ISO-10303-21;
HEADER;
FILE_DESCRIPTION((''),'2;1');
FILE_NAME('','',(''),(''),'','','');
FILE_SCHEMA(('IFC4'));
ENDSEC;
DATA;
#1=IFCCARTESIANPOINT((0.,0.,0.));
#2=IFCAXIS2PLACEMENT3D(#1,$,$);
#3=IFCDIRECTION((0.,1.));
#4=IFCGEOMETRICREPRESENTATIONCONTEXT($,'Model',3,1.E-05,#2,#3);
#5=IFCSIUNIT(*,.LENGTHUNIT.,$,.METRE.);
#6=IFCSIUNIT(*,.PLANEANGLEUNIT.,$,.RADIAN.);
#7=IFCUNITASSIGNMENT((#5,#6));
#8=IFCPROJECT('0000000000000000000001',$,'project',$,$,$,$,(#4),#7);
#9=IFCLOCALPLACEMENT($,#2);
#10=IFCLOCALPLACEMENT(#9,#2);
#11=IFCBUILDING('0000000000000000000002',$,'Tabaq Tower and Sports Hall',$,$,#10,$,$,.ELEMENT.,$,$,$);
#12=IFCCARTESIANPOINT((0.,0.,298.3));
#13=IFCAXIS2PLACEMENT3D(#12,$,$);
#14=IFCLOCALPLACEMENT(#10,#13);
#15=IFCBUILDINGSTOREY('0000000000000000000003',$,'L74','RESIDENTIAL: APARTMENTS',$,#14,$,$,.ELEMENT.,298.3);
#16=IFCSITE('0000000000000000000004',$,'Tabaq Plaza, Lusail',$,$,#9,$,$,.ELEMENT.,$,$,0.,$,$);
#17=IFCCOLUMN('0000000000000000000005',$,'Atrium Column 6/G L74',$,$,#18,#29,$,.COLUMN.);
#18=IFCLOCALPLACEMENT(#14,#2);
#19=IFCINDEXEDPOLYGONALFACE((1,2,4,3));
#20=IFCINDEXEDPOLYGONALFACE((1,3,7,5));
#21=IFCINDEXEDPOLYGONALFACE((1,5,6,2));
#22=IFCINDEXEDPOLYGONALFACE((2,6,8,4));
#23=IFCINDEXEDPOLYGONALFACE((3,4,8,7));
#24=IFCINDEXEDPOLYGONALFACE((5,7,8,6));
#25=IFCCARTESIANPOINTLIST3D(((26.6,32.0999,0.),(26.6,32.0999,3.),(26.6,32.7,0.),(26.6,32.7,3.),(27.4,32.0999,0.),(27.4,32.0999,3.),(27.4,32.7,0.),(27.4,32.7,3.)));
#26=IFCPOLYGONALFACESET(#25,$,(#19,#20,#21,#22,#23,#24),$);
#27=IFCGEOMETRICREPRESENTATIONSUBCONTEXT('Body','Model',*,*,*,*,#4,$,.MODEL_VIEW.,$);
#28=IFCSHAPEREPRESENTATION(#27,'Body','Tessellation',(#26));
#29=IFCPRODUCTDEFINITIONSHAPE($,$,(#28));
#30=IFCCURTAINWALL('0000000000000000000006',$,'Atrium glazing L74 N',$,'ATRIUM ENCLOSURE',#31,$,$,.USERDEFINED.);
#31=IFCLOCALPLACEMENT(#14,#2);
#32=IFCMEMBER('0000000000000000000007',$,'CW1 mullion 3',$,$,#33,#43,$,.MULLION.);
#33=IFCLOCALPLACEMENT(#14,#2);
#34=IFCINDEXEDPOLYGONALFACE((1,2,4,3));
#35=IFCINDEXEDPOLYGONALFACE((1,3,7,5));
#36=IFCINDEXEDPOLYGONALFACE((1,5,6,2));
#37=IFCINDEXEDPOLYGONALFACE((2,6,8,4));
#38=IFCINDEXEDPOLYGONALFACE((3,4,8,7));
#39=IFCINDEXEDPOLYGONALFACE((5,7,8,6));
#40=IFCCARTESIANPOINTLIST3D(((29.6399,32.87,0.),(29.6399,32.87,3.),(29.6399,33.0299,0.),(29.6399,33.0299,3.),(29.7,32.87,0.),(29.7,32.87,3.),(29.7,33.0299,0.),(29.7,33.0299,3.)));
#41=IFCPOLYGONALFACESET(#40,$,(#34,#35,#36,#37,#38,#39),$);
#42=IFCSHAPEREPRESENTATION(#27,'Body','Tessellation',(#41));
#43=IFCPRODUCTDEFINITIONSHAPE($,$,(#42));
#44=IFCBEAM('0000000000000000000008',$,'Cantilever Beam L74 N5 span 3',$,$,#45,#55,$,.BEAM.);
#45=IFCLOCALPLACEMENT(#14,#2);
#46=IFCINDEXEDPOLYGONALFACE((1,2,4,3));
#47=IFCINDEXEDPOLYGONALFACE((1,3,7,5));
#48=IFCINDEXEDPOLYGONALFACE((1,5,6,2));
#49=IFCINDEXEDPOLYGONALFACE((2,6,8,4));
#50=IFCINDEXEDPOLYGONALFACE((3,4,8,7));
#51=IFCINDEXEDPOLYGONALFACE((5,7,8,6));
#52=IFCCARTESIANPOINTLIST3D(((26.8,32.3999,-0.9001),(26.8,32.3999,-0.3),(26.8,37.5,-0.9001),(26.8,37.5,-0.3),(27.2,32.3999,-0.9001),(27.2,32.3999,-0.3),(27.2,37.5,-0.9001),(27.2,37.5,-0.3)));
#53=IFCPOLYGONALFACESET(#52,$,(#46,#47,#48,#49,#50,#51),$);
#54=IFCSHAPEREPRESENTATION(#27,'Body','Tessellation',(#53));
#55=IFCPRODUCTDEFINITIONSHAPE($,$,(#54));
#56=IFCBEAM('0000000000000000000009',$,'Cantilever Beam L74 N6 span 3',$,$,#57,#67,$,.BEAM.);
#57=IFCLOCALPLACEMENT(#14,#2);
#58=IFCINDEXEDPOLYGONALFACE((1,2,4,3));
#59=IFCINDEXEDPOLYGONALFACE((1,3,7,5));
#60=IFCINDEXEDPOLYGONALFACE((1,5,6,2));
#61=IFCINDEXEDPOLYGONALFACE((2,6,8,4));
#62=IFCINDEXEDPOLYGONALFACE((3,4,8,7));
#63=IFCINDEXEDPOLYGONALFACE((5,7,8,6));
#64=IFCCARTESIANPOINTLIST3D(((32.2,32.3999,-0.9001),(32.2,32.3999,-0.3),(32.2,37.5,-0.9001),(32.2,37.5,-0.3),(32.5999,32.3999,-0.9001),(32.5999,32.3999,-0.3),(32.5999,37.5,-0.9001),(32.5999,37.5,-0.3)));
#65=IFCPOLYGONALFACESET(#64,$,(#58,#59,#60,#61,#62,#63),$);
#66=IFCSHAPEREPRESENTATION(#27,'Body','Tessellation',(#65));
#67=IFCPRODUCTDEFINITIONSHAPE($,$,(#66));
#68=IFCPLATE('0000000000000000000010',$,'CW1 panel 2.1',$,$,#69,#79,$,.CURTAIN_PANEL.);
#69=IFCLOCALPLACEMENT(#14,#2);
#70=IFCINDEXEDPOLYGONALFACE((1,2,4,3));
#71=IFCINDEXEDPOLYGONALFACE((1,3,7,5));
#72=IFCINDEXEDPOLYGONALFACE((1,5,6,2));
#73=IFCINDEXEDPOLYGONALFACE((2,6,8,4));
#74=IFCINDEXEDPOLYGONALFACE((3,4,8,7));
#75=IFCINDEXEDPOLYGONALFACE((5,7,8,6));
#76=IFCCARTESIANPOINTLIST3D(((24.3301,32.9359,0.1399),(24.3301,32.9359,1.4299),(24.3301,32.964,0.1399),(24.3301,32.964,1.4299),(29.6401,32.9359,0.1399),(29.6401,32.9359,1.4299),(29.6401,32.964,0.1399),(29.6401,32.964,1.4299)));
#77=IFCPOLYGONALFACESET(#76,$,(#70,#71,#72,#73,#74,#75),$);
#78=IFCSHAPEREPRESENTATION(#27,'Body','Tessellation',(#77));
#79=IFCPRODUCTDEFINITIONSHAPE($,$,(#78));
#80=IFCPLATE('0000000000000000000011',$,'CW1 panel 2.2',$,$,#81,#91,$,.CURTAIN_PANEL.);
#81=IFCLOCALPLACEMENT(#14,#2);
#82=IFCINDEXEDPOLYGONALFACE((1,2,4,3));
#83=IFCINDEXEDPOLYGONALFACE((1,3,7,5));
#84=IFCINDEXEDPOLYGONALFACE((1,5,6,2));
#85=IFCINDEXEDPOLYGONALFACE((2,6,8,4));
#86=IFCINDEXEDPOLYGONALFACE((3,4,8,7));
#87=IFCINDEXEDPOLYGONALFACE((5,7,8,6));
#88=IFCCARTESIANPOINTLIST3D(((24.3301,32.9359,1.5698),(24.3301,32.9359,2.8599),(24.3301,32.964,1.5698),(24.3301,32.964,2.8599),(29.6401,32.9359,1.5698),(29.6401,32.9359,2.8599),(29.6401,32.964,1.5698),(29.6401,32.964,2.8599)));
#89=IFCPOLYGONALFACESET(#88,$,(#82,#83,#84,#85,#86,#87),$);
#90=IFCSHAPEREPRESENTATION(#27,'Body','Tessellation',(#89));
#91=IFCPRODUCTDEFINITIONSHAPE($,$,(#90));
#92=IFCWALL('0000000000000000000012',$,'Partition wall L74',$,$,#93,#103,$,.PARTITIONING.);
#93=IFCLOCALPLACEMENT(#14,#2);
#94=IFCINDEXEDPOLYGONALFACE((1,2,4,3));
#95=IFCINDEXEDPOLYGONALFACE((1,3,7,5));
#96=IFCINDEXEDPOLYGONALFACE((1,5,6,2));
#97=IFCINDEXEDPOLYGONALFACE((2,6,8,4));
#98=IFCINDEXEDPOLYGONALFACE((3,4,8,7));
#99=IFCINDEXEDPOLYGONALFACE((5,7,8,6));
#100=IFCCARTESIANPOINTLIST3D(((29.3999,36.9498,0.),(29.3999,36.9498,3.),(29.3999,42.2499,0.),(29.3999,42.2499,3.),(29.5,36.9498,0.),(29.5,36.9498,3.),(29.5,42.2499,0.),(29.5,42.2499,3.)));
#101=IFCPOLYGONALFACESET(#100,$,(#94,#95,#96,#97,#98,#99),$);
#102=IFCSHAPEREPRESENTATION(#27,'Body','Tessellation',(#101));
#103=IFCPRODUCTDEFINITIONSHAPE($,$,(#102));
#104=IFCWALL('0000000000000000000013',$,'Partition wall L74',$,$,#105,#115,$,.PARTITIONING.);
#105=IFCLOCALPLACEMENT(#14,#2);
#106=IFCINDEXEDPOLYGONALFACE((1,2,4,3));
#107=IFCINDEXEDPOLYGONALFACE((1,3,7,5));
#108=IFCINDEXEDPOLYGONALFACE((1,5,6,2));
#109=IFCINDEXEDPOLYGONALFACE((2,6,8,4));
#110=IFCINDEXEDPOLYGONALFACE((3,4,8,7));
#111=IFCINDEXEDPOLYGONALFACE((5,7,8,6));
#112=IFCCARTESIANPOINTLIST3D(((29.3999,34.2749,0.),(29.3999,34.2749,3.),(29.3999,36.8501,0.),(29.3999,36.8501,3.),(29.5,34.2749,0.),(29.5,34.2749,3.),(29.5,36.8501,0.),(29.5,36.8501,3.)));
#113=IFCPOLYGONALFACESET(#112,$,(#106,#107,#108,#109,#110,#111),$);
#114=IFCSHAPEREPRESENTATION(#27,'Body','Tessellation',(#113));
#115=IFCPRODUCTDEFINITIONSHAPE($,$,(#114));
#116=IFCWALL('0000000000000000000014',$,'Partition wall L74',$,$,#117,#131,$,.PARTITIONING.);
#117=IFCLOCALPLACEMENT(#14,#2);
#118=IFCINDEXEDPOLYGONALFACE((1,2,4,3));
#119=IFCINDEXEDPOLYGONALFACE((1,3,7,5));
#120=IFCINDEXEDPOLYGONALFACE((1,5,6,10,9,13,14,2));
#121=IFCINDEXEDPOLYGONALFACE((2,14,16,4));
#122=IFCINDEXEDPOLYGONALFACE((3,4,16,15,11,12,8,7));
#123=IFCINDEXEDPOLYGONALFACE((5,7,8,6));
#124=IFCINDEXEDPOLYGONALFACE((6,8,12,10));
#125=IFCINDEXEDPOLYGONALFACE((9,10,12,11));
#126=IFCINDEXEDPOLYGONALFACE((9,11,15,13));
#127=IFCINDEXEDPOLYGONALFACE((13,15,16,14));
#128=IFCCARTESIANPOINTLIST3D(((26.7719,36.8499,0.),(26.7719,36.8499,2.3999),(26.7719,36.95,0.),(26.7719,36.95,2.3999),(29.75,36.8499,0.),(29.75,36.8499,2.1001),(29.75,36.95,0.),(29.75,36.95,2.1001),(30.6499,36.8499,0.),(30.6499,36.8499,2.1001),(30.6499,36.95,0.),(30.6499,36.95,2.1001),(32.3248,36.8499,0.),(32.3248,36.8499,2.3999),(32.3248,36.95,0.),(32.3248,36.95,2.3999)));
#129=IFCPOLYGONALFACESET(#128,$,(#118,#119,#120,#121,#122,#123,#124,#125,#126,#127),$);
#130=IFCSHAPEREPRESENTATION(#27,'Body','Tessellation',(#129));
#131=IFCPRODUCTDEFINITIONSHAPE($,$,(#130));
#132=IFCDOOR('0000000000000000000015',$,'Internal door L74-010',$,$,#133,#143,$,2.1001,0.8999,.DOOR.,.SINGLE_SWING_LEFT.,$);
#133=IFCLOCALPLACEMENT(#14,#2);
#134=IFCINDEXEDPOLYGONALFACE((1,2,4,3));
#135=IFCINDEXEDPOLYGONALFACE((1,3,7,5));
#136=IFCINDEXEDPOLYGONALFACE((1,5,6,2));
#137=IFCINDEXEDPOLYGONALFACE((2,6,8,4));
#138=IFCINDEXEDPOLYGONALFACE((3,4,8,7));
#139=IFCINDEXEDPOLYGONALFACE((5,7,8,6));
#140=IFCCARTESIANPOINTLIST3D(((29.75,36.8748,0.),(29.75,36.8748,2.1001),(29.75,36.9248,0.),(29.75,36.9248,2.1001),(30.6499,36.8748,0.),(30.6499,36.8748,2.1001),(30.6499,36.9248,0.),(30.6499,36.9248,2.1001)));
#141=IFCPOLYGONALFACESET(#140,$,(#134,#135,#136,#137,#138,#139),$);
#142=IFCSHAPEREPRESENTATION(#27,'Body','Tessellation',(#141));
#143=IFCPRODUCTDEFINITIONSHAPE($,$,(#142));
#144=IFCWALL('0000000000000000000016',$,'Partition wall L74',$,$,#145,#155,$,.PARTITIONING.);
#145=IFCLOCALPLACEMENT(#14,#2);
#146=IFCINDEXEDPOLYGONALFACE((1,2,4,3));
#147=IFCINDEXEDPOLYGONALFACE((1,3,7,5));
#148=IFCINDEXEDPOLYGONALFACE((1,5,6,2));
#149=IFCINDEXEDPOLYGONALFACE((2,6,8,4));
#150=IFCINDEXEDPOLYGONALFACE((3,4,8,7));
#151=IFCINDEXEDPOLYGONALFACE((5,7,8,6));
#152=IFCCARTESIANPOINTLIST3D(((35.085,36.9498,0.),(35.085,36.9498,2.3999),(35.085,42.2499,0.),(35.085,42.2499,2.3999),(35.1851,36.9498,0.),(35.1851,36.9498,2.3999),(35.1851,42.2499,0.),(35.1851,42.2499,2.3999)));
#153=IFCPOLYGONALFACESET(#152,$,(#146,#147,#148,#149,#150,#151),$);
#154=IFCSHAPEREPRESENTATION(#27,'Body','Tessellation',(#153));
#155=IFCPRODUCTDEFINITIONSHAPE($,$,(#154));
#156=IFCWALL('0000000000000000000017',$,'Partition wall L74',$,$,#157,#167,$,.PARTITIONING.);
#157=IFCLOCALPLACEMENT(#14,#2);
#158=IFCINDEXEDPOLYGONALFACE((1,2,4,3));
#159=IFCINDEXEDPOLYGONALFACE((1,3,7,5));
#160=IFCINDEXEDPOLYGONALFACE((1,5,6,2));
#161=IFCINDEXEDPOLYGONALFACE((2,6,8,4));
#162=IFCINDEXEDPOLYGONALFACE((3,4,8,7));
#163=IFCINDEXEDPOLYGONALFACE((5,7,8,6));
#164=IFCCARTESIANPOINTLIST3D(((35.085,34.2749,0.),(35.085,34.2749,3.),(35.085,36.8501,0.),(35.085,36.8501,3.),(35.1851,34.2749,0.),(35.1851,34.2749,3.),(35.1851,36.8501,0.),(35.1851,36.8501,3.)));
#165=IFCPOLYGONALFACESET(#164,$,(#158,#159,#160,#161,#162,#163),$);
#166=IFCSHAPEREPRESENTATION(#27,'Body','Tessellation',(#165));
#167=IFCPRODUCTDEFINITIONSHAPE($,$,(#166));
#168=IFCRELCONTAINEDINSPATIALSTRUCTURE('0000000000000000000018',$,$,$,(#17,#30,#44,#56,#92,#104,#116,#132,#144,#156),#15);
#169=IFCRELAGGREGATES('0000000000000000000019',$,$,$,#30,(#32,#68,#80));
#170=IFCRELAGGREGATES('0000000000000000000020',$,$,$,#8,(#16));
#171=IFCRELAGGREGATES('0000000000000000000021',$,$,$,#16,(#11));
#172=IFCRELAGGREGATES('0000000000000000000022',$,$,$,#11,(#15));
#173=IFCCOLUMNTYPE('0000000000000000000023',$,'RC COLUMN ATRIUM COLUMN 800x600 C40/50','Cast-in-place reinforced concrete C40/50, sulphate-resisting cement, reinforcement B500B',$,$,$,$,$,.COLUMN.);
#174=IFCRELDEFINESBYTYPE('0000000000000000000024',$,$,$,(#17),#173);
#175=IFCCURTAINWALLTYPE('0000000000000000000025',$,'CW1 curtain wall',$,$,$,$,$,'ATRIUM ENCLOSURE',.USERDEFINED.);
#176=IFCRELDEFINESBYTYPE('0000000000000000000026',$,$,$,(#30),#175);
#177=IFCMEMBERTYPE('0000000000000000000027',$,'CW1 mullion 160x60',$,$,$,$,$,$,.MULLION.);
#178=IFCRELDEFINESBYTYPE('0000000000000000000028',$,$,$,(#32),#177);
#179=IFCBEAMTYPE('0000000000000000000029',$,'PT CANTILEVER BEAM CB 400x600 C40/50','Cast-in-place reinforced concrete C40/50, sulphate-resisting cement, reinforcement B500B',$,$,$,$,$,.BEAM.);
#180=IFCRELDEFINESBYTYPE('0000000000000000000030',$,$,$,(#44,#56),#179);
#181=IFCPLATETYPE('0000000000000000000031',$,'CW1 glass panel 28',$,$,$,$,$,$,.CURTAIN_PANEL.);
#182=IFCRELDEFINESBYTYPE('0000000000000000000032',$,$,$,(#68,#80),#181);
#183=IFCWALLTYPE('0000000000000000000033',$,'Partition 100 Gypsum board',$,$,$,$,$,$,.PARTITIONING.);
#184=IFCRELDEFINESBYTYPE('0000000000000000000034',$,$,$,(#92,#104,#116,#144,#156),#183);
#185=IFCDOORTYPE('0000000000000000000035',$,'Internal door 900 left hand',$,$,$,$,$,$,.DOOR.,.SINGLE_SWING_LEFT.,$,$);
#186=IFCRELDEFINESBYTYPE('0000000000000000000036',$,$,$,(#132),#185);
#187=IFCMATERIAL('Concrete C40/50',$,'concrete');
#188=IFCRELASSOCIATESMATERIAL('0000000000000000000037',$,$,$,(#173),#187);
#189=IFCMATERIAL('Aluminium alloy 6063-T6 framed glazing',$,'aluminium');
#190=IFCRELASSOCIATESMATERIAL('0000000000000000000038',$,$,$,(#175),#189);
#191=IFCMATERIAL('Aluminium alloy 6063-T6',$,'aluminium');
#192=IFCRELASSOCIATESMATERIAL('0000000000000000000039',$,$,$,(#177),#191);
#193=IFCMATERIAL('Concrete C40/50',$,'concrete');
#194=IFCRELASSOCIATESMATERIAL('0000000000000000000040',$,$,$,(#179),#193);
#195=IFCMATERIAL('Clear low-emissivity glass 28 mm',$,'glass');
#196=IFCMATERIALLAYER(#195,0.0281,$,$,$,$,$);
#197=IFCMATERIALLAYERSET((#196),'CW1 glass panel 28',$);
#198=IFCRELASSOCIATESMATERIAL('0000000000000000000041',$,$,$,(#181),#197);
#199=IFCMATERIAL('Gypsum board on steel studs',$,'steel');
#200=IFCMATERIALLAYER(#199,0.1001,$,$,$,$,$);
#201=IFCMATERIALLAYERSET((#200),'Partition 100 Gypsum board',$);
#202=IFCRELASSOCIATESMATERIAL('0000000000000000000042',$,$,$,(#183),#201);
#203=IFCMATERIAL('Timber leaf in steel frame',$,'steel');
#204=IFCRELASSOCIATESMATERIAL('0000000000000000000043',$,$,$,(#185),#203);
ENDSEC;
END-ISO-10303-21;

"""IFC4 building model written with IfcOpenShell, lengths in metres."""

from ifc_helpers import new_model, si_unit, direction, frame, frame_2d, origin, origin_2d, place, context, subcontext, project, spatial, rectangle, extrude, material, layer, layer_set, material_profile, profile_set, type_object, element, fill, aggregate, save


model = new_model("IFC4")

# Units and contexts
model_context = context("Model", 3, precision=1e-05, world=origin(), true_north=direction((0.0, 1.0)))
body_context = subcontext(model_context, "Body", "Model", "MODEL_VIEW")
ifc_project = project(units=[si_unit("LENGTHUNIT", "METRE"), si_unit("PLANEANGLEUNIT", "RADIAN")], contexts=[model_context])

# Site, building, storey
site_placement = place(None, origin())
site = spatial("IfcSite", under=ifc_project, at=site_placement, Name="Tabaq Plaza, Lusail", CompositionType="ELEMENT", RefElevation=0.0)
building_placement = place(site_placement, origin())
building = spatial("IfcBuilding", under=site, at=building_placement, Name="Tabaq Tower and Sports Hall", CompositionType="ELEMENT")
storey_placement = place(building_placement, frame((0.0, 0.0, 298.3)))
storey = spatial("IfcBuildingStorey", under=building, at=storey_placement, Name="L74", Description="RESIDENTIAL: APARTMENTS", CompositionType="ELEMENT", Elevation=298.3)

# Column
ifc_material_1 = material(Name="Concrete C40/50", Category="concrete")
ifc_material_profile_1 = material_profile(ifc_material_1, rectangle(XDim=0.8, YDim=0.6001, at=origin_2d()), Name="ATRIUM COLUMN 800x600")
ifc_profile_set_1 = profile_set([ifc_material_profile_1], Name="Concrete C40/50")
column_type = type_object("IfcColumnType", Name="RC COLUMN ATRIUM COLUMN 800x600 C40/50", Description="Cast-in-place reinforced concrete C40/50, sulphate-resisting cement, reinforcement B500B", PredefinedType="COLUMN", material=ifc_profile_set_1)
column_placement = place(storey_placement, frame((27.0, 32.3999, 0.0), z_axis=(0.0, 0.0, 1.0), x_axis=(1.0, 0.0, 0.0)))
element("IfcColumn", 1, at=column_placement, inside=storey, type_object=column_type, Name="Atrium Column 6/G L74", PredefinedType="COLUMN", context=body_context, shape_type="SweptSolid", body=[
    extrude(rectangle(XDim=0.8, YDim=0.6001, at=origin_2d()), origin(), (0.0, 0.0, 1.0), 3.0),
])

# Curtain wall, member
ifc_material_2 = material(Name="Aluminium alloy 6063-T6 framed glazing", Category="aluminium")
curtain_wall_type = type_object("IfcCurtainWallType", Name="CW1 curtain wall", ElementType="ATRIUM ENCLOSURE", PredefinedType="USERDEFINED", material=ifc_material_2)
curtain_wall_placement = place(storey_placement, origin())
curtain_wall = element("IfcCurtainWall", 2, at=curtain_wall_placement, inside=storey, type_object=curtain_wall_type, Name="Atrium glazing L74 N", ObjectType="ATRIUM ENCLOSURE", PredefinedType="USERDEFINED")
ifc_material_3 = material(Name="Aluminium alloy 6063-T6", Category="aluminium")
ifc_material_profile_2 = material_profile(ifc_material_3, rectangle(XDim=0.1599, YDim=0.0601, at=origin_2d()), Name="MULLION 160x60")
ifc_profile_set_2 = profile_set([ifc_material_profile_2], Name="Aluminium alloy 6063-T6")
member_type = type_object("IfcMemberType", Name="CW1 mullion 160x60", PredefinedType="MULLION", material=ifc_profile_set_2)
member_placement = place(storey_placement, frame((29.6699, 32.95, 0.0), z_axis=(0.0, 0.0, 1.0), x_axis=(0.0, 1.0, 0.0)))
member = element("IfcMember", 3, at=member_placement, type_object=member_type, Name="CW1 mullion 3", PredefinedType="MULLION", context=body_context, shape_type="SweptSolid", body=[
    extrude(rectangle(XDim=0.1599, YDim=0.0601, at=origin_2d()), origin(), (0.0, 0.0, 1.0), 3.0),
])

# Beams
ifc_material_4 = material(Name="Concrete C40/50", Category="concrete")
ifc_material_profile_3 = material_profile(ifc_material_4, rectangle(XDim=0.3999, YDim=0.6001, at=origin_2d()), Name="CB 400x600")
ifc_profile_set_3 = profile_set([ifc_material_profile_3], Name="Concrete C40/50")
beam_type = type_object("IfcBeamType", Name="PT CANTILEVER BEAM CB 400x600 C40/50", Description="Cast-in-place reinforced concrete C40/50, sulphate-resisting cement, reinforcement B500B", PredefinedType="BEAM", material=ifc_profile_set_3)
for number, where, z_axis, x_axis, name in (
    (4, (27.0, 37.5, -0.6001), (0.0, -1.0, 0.0), (1.0, 0.0, 0.0), "Cantilever Beam L74 N5 span 3"),
    (5, (32.3999, 37.5, -0.6001), (0.0, -1.0, 0.0), (1.0, 0.0, 0.0), "Cantilever Beam L74 N6 span 3"),
):
    element("IfcBeam", number, at=place(storey_placement, frame(where, z_axis=z_axis, x_axis=x_axis)), inside=storey, type_object=beam_type, Name=name, PredefinedType="BEAM", context=body_context, shape_type="SweptSolid", body=[
        extrude(rectangle(XDim=0.3999, YDim=0.6001, at=origin_2d()), origin(), (0.0, 0.0, 1.0), 5.1001),
    ])

# Plates
ifc_material_5 = material(Name="Clear low-emissivity glass 28 mm", Category="glass")
ifc_layer_1 = layer(ifc_material_5, 0.0281)
ifc_layer_set_1 = layer_set([ifc_layer_1], Name="CW1 glass panel 28")
plate_type = type_object("IfcPlateType", Name="CW1 glass panel 28", PredefinedType="CURTAIN_PANEL", material=ifc_layer_set_1)
plate_1_placement = place(storey_placement, frame((26.9851, 32.95, 0.1399), z_axis=(0.0, 0.0, 1.0), x_axis=(1.0, 0.0, 0.0)))
plate_1 = element("IfcPlate", 6, at=plate_1_placement, type_object=plate_type, Name="CW1 panel 2.1", PredefinedType="CURTAIN_PANEL", context=body_context, shape_type="SweptSolid", body=[
    extrude(rectangle(XDim=5.3101, YDim=0.0281, at=origin_2d()), origin(), (0.0, 0.0, 1.0), 1.29),
])
plate_2_placement = place(storey_placement, frame((26.9851, 32.95, 1.5698), z_axis=(0.0, 0.0, 1.0), x_axis=(1.0, 0.0, 0.0)))
plate_2 = element("IfcPlate", 7, at=plate_2_placement, type_object=plate_type, Name="CW1 panel 2.2", PredefinedType="CURTAIN_PANEL", context=body_context, shape_type="SweptSolid", body=[
    extrude(rectangle(XDim=5.3101, YDim=0.0281, at=origin_2d()), origin(), (0.0, 0.0, 1.0), 1.29),
])
aggregate(curtain_wall, [member, plate_1, plate_2])

# Walls
ifc_material_6 = material(Name="Gypsum board on steel studs", Category="steel")
ifc_layer_2 = layer(ifc_material_6, 0.1001)
ifc_layer_set_2 = layer_set([ifc_layer_2], Name="Partition 100 Gypsum board")
wall_type_1 = type_object("IfcWallType", Name="Partition 100 Gypsum board", PredefinedType="PARTITIONING", material=ifc_layer_set_2)
wall_1_placement = place(storey_placement, frame((29.45, 36.95, 0.0), z_axis=(0.0, 0.0, 1.0), x_axis=(0.0, 1.0, 0.0)))
element("IfcWall", 8, at=wall_1_placement, inside=storey, type_object=wall_type_1, Name="Partition wall L74", PredefinedType="PARTITIONING", context=body_context, shape_type="SweptSolid", body=[
    extrude(rectangle(XDim=5.3, YDim=0.1001, at=frame_2d((2.6499, 0.0))), origin(), (0.0, 0.0, 1.0), 3.0),
])
wall_2_placement = place(storey_placement, frame((29.45, 34.2749, 0.0), z_axis=(0.0, 0.0, 1.0), x_axis=(0.0, 1.0, 0.0)))
element("IfcWall", 9, at=wall_2_placement, inside=storey, type_object=wall_type_1, Name="Partition wall L74", PredefinedType="PARTITIONING", context=body_context, shape_type="SweptSolid", body=[
    extrude(rectangle(XDim=2.5752, YDim=0.1001, at=frame_2d((1.2876, 0.0))), origin(), (0.0, 0.0, 1.0), 3.0),
])

# Wall, opening, door
wall_3_placement = place(storey_placement, frame((26.772, 36.8999, 0.0), z_axis=(0.0, 0.0, 1.0), x_axis=(1.0, 0.0, 0.0)))
wall_3 = element("IfcWall", 10, at=wall_3_placement, inside=storey, type_object=wall_type_1, Name="Partition wall L74", PredefinedType="PARTITIONING", context=body_context, shape_type="SweptSolid", body=[
    extrude(rectangle(XDim=5.553, YDim=0.1001, at=frame_2d((2.7764, 0.0))), origin(), (0.0, 0.0, 1.0), 2.3999),
])
opening_1_placement = place(wall_3_placement, frame((2.978, 0.0, 0.0)))
opening_1 = element("IfcOpeningElement", 11, at=opening_1_placement, cuts=wall_3, PredefinedType="OPENING", context=body_context, shape_type="SweptSolid", body=[
    extrude(rectangle(XDim=0.8999, YDim=2.1001, at=frame_2d((0.45, 1.05))), frame((0.0, 0.05, 0.0), z_axis=(0.0, -1.0, 0.0), x_axis=(1.0, 0.0, 0.0)), (0.0, 0.0, 1.0), 0.1001),
])
ifc_material_7 = material(Name="Timber leaf in steel frame", Category="steel")
door_type_1 = type_object("IfcDoorType", Name="Internal door 900 left hand", OperationType="SINGLE_SWING_LEFT", PredefinedType="DOOR", material=ifc_material_7)
door_1_placement = place(opening_1_placement, origin())
door_1 = element("IfcDoor", 12, at=door_1_placement, inside=storey, type_object=door_type_1, Name="Internal door L74-010", OperationType="SINGLE_SWING_LEFT", OverallHeight=2.1001, OverallWidth=0.8999, PredefinedType="DOOR", context=body_context, shape_type="SweptSolid", body=[
    extrude(rectangle(XDim=0.8999, YDim=2.1001, at=frame_2d((0.45, 1.05))), frame((0.0, 0.0249, 0.0), z_axis=(0.0, -1.0, 0.0), x_axis=(1.0, 0.0, 0.0)), (0.0, 0.0, 1.0), 0.05),
])
fill(opening_1, door_1)

# Walls
wall_4_placement = place(storey_placement, frame((35.135, 36.95, 0.0), z_axis=(0.0, 0.0, 1.0), x_axis=(0.0, 1.0, 0.0)))
element("IfcWall", 13, at=wall_4_placement, inside=storey, type_object=wall_type_1, Name="Partition wall L74", PredefinedType="PARTITIONING", context=body_context, shape_type="SweptSolid", body=[
    extrude(rectangle(XDim=5.3, YDim=0.1001, at=frame_2d((2.6499, 0.0))), origin(), (0.0, 0.0, 1.0), 2.3999),
])
wall_5_placement = place(storey_placement, frame((35.135, 34.2749, 0.0), z_axis=(0.0, 0.0, 1.0), x_axis=(0.0, 1.0, 0.0)))
element("IfcWall", 14, at=wall_5_placement, inside=storey, type_object=wall_type_1, Name="Partition wall L74", PredefinedType="PARTITIONING", context=body_context, shape_type="SweptSolid", body=[
    extrude(rectangle(XDim=2.5752, YDim=0.1001, at=frame_2d((1.2876, 0.0))), origin(), (0.0, 0.0, 1.0), 3.0),
])

save(model, "model.ifc")
